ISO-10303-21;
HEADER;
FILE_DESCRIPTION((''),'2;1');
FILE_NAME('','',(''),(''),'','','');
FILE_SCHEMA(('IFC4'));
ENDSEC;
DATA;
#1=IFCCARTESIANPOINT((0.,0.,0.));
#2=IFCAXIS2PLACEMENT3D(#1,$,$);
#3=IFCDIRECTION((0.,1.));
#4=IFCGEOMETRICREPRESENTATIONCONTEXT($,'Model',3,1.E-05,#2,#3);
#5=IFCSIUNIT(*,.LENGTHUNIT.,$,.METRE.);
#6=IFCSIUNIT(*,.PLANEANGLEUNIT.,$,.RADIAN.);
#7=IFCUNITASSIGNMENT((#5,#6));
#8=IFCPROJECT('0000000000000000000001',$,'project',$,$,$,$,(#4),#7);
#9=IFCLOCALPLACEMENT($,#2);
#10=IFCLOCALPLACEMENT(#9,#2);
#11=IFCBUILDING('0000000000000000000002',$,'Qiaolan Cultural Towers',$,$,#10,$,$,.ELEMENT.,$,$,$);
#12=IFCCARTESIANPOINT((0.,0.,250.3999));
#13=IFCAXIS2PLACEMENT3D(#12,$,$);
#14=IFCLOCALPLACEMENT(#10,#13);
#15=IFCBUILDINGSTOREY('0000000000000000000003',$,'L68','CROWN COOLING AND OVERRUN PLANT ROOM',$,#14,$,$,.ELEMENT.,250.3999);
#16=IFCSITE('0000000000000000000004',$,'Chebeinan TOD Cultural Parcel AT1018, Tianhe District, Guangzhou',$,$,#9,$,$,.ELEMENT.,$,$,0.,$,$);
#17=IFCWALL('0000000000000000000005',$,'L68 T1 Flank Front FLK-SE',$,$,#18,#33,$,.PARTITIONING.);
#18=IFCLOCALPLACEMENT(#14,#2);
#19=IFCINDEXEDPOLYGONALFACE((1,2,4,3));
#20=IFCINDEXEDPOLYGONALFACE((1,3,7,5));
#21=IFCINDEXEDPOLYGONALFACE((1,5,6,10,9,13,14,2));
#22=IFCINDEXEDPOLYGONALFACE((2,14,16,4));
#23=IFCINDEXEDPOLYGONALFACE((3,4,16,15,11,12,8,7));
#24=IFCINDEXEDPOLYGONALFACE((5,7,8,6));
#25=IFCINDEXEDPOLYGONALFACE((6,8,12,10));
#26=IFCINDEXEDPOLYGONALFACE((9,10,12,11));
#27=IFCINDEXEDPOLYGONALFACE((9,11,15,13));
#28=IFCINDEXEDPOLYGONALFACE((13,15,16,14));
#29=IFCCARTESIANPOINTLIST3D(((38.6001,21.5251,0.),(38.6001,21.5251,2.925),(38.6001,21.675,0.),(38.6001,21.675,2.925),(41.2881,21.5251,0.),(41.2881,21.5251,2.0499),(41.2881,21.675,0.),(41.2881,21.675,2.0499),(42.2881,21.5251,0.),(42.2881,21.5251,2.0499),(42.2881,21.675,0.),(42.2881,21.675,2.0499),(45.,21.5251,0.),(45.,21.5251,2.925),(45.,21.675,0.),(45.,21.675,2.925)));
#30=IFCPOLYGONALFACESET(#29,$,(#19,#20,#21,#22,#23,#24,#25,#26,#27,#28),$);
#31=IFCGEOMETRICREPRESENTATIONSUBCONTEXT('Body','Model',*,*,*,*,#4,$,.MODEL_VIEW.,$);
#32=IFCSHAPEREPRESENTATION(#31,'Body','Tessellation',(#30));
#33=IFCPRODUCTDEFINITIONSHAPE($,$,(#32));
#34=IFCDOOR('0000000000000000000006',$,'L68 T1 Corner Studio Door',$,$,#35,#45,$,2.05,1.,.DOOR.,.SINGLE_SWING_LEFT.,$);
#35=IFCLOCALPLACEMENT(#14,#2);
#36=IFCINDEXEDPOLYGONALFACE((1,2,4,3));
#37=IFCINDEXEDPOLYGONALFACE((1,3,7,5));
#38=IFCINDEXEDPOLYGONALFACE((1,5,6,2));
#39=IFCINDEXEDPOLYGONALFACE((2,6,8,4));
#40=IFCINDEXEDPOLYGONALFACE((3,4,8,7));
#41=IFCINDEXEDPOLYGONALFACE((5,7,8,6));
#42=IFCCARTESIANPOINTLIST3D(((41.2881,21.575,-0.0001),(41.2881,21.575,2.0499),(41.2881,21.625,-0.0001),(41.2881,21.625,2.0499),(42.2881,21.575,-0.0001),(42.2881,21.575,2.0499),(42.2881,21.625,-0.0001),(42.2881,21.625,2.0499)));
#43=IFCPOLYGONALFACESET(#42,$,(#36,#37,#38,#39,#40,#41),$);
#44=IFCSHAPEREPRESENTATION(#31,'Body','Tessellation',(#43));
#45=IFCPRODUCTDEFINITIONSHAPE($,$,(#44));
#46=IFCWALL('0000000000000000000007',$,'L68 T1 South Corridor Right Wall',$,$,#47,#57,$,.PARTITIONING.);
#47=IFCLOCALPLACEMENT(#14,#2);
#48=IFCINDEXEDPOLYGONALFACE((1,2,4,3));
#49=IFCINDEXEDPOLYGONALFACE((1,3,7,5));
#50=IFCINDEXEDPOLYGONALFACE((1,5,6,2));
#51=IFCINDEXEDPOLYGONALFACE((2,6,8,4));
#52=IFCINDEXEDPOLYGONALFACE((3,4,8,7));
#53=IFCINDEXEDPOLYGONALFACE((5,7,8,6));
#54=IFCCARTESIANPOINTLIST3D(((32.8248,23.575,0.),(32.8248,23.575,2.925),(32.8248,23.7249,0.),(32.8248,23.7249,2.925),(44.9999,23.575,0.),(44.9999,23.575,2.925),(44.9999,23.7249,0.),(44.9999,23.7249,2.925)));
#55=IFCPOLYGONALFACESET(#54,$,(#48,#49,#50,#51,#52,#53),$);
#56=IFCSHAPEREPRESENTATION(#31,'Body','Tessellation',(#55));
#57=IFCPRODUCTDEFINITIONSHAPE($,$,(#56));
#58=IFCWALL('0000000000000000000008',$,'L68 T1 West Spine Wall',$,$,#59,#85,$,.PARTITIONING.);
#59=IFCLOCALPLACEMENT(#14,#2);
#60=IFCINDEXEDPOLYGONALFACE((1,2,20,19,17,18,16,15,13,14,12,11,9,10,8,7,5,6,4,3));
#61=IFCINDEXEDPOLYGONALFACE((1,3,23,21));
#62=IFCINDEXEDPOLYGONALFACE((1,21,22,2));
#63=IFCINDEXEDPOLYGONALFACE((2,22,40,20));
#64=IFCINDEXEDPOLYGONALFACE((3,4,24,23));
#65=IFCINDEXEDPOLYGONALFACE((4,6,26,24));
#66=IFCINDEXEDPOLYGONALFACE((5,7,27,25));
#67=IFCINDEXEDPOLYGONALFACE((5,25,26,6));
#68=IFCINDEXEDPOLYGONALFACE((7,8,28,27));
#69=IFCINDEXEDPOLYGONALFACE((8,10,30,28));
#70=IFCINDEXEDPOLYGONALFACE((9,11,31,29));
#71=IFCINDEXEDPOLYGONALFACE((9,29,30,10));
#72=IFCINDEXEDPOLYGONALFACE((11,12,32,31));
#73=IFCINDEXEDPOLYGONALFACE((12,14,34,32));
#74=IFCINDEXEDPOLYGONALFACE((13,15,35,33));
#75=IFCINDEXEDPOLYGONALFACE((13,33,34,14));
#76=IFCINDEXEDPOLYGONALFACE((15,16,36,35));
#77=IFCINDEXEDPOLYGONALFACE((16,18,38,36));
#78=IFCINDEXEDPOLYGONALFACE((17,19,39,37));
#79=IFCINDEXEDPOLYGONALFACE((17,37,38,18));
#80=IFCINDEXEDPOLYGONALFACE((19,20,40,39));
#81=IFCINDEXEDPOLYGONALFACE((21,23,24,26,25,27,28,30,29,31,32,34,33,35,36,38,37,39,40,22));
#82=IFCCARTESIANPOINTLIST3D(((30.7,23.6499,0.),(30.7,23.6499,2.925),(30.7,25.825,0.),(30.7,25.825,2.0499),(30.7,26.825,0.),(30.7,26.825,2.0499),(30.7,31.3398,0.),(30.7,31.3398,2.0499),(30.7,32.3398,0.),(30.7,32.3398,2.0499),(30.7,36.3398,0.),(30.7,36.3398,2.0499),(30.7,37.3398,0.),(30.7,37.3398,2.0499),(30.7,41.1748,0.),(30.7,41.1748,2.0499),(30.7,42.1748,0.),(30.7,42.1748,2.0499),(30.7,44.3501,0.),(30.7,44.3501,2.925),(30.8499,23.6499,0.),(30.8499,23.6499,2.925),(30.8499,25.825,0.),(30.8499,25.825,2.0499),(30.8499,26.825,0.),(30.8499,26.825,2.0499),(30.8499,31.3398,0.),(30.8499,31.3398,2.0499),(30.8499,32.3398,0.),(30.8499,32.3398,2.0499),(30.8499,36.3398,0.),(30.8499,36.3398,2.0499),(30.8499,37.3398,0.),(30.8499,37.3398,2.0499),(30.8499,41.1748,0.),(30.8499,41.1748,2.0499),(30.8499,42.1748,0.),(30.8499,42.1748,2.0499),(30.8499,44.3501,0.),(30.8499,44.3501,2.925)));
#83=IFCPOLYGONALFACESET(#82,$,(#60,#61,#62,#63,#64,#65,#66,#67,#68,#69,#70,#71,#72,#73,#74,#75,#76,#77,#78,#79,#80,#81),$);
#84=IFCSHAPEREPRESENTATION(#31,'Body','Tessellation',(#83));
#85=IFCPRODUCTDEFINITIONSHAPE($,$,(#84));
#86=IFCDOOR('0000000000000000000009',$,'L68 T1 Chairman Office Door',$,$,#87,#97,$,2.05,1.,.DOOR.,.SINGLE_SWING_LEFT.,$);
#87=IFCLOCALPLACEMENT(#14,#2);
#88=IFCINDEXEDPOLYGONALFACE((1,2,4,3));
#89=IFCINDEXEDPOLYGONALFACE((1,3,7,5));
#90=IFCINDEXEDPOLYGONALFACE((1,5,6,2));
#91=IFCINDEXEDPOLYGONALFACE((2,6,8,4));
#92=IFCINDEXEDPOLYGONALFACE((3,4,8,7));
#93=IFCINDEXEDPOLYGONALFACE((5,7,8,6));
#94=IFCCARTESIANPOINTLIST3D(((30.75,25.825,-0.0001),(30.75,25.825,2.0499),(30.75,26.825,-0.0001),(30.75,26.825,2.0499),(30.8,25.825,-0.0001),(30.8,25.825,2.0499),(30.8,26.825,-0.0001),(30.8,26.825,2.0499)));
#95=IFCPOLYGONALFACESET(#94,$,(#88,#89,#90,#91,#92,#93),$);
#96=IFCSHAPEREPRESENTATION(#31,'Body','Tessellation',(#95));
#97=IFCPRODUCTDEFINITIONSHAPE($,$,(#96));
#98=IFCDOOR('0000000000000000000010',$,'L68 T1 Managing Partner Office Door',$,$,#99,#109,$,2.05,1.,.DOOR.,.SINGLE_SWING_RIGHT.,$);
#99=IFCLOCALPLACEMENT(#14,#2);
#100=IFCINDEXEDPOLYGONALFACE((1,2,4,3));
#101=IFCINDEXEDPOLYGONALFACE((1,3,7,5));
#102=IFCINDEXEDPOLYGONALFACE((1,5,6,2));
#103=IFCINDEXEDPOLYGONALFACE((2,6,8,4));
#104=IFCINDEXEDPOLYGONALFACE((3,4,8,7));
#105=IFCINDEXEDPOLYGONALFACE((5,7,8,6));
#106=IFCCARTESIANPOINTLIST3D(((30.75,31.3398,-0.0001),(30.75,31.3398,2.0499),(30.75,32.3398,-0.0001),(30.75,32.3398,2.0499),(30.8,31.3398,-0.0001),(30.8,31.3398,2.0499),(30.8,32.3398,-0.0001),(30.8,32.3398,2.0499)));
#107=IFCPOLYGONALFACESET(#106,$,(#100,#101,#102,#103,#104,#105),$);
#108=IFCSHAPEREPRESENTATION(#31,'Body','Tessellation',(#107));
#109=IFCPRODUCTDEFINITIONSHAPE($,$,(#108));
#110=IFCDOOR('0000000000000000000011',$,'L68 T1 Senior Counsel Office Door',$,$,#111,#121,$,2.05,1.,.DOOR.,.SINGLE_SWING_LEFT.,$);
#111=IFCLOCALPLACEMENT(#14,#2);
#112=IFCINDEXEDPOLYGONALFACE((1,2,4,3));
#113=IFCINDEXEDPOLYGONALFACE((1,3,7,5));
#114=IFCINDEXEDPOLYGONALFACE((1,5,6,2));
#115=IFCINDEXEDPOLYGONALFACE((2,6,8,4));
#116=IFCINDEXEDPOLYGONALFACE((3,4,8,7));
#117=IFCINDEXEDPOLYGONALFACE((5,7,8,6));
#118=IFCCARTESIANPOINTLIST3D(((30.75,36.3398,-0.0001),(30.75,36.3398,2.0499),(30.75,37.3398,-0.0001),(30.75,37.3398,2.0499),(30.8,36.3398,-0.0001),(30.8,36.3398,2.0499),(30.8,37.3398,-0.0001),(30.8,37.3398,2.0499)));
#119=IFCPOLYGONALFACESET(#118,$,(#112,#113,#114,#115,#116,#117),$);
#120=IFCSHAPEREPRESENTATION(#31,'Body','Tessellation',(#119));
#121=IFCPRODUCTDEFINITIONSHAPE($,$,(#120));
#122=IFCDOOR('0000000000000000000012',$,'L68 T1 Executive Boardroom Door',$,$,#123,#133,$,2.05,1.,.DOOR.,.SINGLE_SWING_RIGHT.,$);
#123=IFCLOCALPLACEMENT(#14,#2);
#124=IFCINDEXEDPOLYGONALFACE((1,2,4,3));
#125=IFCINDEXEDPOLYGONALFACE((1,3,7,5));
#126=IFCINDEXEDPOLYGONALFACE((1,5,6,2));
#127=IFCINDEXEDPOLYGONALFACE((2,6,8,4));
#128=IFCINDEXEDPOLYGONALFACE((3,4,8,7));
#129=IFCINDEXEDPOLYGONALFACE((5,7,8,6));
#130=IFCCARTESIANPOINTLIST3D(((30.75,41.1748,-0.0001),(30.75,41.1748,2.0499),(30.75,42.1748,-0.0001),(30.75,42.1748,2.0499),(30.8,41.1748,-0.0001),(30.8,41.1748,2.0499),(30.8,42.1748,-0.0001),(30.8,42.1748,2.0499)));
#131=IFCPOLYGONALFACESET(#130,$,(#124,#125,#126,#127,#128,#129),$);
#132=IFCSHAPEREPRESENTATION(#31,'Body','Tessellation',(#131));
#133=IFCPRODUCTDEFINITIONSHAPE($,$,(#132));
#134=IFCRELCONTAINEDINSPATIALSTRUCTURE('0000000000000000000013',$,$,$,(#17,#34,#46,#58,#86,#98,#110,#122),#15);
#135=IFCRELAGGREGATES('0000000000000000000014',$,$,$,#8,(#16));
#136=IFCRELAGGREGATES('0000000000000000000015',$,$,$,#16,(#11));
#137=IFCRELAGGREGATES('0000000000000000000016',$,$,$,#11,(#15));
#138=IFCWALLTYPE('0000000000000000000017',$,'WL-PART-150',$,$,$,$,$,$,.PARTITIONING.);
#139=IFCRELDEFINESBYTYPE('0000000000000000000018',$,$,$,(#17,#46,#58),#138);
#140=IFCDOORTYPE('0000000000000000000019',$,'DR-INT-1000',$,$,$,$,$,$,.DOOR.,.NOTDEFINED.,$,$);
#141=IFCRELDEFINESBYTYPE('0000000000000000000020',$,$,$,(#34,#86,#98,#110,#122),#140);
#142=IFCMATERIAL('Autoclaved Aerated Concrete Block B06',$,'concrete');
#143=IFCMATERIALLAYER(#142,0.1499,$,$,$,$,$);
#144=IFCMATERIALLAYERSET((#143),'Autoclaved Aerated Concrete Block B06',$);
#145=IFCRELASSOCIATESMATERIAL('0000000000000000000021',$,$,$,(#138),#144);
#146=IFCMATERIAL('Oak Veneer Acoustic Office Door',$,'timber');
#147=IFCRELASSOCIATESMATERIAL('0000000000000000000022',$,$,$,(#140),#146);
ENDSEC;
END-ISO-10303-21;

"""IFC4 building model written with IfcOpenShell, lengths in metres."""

from ifc_helpers import new_model, si_unit, direction, frame, frame_2d, origin, place, context, subcontext, project, spatial, rectangle, extrude, material, layer, layer_set, type_object, element, fill, save


model = new_model("IFC4")

# Units and contexts
model_context = context("Model", 3, precision=1e-05, world=origin(), true_north=direction((0.0, 1.0)))
body_context = subcontext(model_context, "Body", "Model", "MODEL_VIEW")
ifc_project = project(units=[si_unit("LENGTHUNIT", "METRE"), si_unit("PLANEANGLEUNIT", "RADIAN")], contexts=[model_context])

# Site, building, storey
site_placement = place(None, origin())
site = spatial("IfcSite", under=ifc_project, at=site_placement, Name="Chebeinan TOD Cultural Parcel AT1018, Tianhe District, Guangzhou", CompositionType="ELEMENT", RefElevation=0.0)
building_placement = place(site_placement, origin())
building = spatial("IfcBuilding", under=site, at=building_placement, Name="Qiaolan Cultural Towers", CompositionType="ELEMENT")
storey_placement = place(building_placement, frame((0.0, 0.0, 250.3999)))
storey = spatial("IfcBuildingStorey", under=building, at=storey_placement, Name="L68", Description="CROWN COOLING AND OVERRUN PLANT ROOM", CompositionType="ELEMENT", Elevation=250.3999)

# Wall, opening, door
ifc_material_1 = material(Name="Autoclaved Aerated Concrete Block B06", Category="concrete")
ifc_layer_1 = layer(ifc_material_1, 0.1499)
ifc_layer_set_1 = layer_set([ifc_layer_1], Name="Autoclaved Aerated Concrete Block B06")
wall_type_1 = type_object("IfcWallType", Name="WL-PART-150", PredefinedType="PARTITIONING", material=ifc_layer_set_1)
ifc_material_2 = material(Name="Oak Veneer Acoustic Office Door", Category="timber")
door_type_1 = type_object("IfcDoorType", Name="DR-INT-1000", OperationType="NOTDEFINED", PredefinedType="DOOR", material=ifc_material_2)
wall_1_placement = place(storey_placement, frame((38.6001, 21.6001, 0.0), z_axis=(0.0, 0.0, 1.0), x_axis=(1.0, 0.0, 0.0)))
wall_1 = element("IfcWall", 1, at=wall_1_placement, inside=storey, type_object=wall_type_1, Name="L68 T1 Flank Front FLK-SE", PredefinedType="PARTITIONING", context=body_context, shape_type="SweptSolid", body=[
    extrude(rectangle(XDim=6.3999, YDim=0.1499, at=frame_2d((3.2, 0.0))), origin(), (0.0, 0.0, 1.0), 2.925),
])
opening_1_placement = place(wall_1_placement, frame((2.688, 0.0, 0.0)))
opening_1 = element("IfcOpeningElement", 2, at=opening_1_placement, cuts=wall_1, PredefinedType="OPENING", context=body_context, shape_type="SweptSolid", body=[
    extrude(rectangle(XDim=1.0, YDim=2.05, at=frame_2d((0.5, 1.0249))), frame((0.0, 0.085, 0.0), z_axis=(0.0, -1.0, 0.0), x_axis=(1.0, 0.0, 0.0)), (0.0, 0.0, 1.0), 0.1699),
])
door_1_placement = place(opening_1_placement, origin())
door_1 = element("IfcDoor", 3, at=door_1_placement, inside=storey, type_object=door_type_1, Name="L68 T1 Corner Studio Door", OperationType="SINGLE_SWING_LEFT", OverallHeight=2.05, OverallWidth=1.0, PredefinedType="DOOR", context=body_context, shape_type="SweptSolid", body=[
    extrude(rectangle(XDim=1.0, YDim=2.05, at=frame_2d((0.5, 1.0249))), frame((0.0, 0.0249, 0.0), z_axis=(0.0, -1.0, 0.0), x_axis=(1.0, 0.0, 0.0)), (0.0, 0.0, 1.0), 0.05),
])
fill(opening_1, door_1)

# Wall
wall_2_placement = place(storey_placement, frame((32.825, 23.6499, 0.0), z_axis=(0.0, 0.0, 1.0), x_axis=(1.0, 0.0, 0.0)))
element("IfcWall", 4, at=wall_2_placement, inside=storey, type_object=wall_type_1, Name="L68 T1 South Corridor Right Wall", PredefinedType="PARTITIONING", context=body_context, shape_type="SweptSolid", body=[
    extrude(rectangle(XDim=12.175, YDim=0.1499, at=frame_2d((6.0874, 0.0))), origin(), (0.0, 0.0, 1.0), 2.925),
])

# Wall, openings, doors
wall_3_placement = place(storey_placement, frame((30.7749, 23.6499, 0.0), z_axis=(0.0, 0.0, 1.0), x_axis=(0.0, 1.0, 0.0)))
wall_3 = element("IfcWall", 5, at=wall_3_placement, inside=storey, type_object=wall_type_1, Name="L68 T1 West Spine Wall", PredefinedType="PARTITIONING", context=body_context, shape_type="SweptSolid", body=[
    extrude(rectangle(XDim=20.7002, YDim=0.1499, at=frame_2d((10.3501, 0.0))), origin(), (0.0, 0.0, 1.0), 2.925),
])
opening_2_placement = place(wall_3_placement, frame((2.175, 0.0, 0.0)))
opening_2 = element("IfcOpeningElement", 6, at=opening_2_placement, cuts=wall_3, PredefinedType="OPENING", context=body_context, shape_type="SweptSolid", body=[
    extrude(rectangle(XDim=1.0, YDim=2.05, at=frame_2d((0.5, 1.0249))), frame((0.0, 0.085, 0.0), z_axis=(0.0, -1.0, 0.0), x_axis=(1.0, 0.0, 0.0)), (0.0, 0.0, 1.0), 0.1699),
])
opening_3_placement = place(wall_3_placement, frame((7.6899, 0.0, 0.0)))
opening_3 = element("IfcOpeningElement", 7, at=opening_3_placement, cuts=wall_3, PredefinedType="OPENING", context=body_context, shape_type="SweptSolid", body=[
    extrude(rectangle(XDim=1.0, YDim=2.05, at=frame_2d((0.5, 1.0249))), frame((0.0, 0.085, 0.0), z_axis=(0.0, -1.0, 0.0), x_axis=(1.0, 0.0, 0.0)), (0.0, 0.0, 1.0), 0.1699),
])
opening_4_placement = place(wall_3_placement, frame((12.6899, 0.0, 0.0)))
opening_4 = element("IfcOpeningElement", 8, at=opening_4_placement, cuts=wall_3, PredefinedType="OPENING", context=body_context, shape_type="SweptSolid", body=[
    extrude(rectangle(XDim=1.0, YDim=2.05, at=frame_2d((0.5, 1.0249))), frame((0.0, 0.085, 0.0), z_axis=(0.0, -1.0, 0.0), x_axis=(1.0, 0.0, 0.0)), (0.0, 0.0, 1.0), 0.1699),
])
opening_5_placement = place(wall_3_placement, frame((17.5249, 0.0, 0.0)))
opening_5 = element("IfcOpeningElement", 9, at=opening_5_placement, cuts=wall_3, PredefinedType="OPENING", context=body_context, shape_type="SweptSolid", body=[
    extrude(rectangle(XDim=1.0, YDim=2.05, at=frame_2d((0.5, 1.0249))), frame((0.0, 0.085, 0.0), z_axis=(0.0, -1.0, 0.0), x_axis=(1.0, 0.0, 0.0)), (0.0, 0.0, 1.0), 0.1699),
])
door_2_placement = place(opening_2_placement, origin())
door_2 = element("IfcDoor", 10, at=door_2_placement, inside=storey, type_object=door_type_1, Name="L68 T1 Chairman Office Door", OperationType="SINGLE_SWING_LEFT", OverallHeight=2.05, OverallWidth=1.0, PredefinedType="DOOR", context=body_context, shape_type="SweptSolid", body=[
    extrude(rectangle(XDim=1.0, YDim=2.05, at=frame_2d((0.5, 1.0249))), frame((0.0, 0.0249, 0.0), z_axis=(0.0, -1.0, 0.0), x_axis=(1.0, 0.0, 0.0)), (0.0, 0.0, 1.0), 0.05),
])
fill(opening_2, door_2)
door_3_placement = place(opening_3_placement, origin())
door_3 = element("IfcDoor", 11, at=door_3_placement, inside=storey, type_object=door_type_1, Name="L68 T1 Managing Partner Office Door", OperationType="SINGLE_SWING_RIGHT", OverallHeight=2.05, OverallWidth=1.0, PredefinedType="DOOR", context=body_context, shape_type="SweptSolid", body=[
    extrude(rectangle(XDim=1.0, YDim=2.05, at=frame_2d((0.5, 1.0249))), frame((0.0, 0.0249, 0.0), z_axis=(0.0, -1.0, 0.0), x_axis=(1.0, 0.0, 0.0)), (0.0, 0.0, 1.0), 0.05),
])
fill(opening_3, door_3)
door_4_placement = place(opening_4_placement, origin())
door_4 = element("IfcDoor", 12, at=door_4_placement, inside=storey, type_object=door_type_1, Name="L68 T1 Senior Counsel Office Door", OperationType="SINGLE_SWING_LEFT", OverallHeight=2.05, OverallWidth=1.0, PredefinedType="DOOR", context=body_context, shape_type="SweptSolid", body=[
    extrude(rectangle(XDim=1.0, YDim=2.05, at=frame_2d((0.5, 1.0249))), frame((0.0, 0.0249, 0.0), z_axis=(0.0, -1.0, 0.0), x_axis=(1.0, 0.0, 0.0)), (0.0, 0.0, 1.0), 0.05),
])
fill(opening_4, door_4)
door_5_placement = place(opening_5_placement, origin())
door_5 = element("IfcDoor", 13, at=door_5_placement, inside=storey, type_object=door_type_1, Name="L68 T1 Executive Boardroom Door", OperationType="SINGLE_SWING_RIGHT", OverallHeight=2.05, OverallWidth=1.0, PredefinedType="DOOR", context=body_context, shape_type="SweptSolid", body=[
    extrude(rectangle(XDim=1.0, YDim=2.05, at=frame_2d((0.5, 1.0249))), frame((0.0, 0.0249, 0.0), z_axis=(0.0, -1.0, 0.0), x_axis=(1.0, 0.0, 0.0)), (0.0, 0.0, 1.0), 0.05),
])
fill(opening_5, door_5)

save(model, "model.ifc")
